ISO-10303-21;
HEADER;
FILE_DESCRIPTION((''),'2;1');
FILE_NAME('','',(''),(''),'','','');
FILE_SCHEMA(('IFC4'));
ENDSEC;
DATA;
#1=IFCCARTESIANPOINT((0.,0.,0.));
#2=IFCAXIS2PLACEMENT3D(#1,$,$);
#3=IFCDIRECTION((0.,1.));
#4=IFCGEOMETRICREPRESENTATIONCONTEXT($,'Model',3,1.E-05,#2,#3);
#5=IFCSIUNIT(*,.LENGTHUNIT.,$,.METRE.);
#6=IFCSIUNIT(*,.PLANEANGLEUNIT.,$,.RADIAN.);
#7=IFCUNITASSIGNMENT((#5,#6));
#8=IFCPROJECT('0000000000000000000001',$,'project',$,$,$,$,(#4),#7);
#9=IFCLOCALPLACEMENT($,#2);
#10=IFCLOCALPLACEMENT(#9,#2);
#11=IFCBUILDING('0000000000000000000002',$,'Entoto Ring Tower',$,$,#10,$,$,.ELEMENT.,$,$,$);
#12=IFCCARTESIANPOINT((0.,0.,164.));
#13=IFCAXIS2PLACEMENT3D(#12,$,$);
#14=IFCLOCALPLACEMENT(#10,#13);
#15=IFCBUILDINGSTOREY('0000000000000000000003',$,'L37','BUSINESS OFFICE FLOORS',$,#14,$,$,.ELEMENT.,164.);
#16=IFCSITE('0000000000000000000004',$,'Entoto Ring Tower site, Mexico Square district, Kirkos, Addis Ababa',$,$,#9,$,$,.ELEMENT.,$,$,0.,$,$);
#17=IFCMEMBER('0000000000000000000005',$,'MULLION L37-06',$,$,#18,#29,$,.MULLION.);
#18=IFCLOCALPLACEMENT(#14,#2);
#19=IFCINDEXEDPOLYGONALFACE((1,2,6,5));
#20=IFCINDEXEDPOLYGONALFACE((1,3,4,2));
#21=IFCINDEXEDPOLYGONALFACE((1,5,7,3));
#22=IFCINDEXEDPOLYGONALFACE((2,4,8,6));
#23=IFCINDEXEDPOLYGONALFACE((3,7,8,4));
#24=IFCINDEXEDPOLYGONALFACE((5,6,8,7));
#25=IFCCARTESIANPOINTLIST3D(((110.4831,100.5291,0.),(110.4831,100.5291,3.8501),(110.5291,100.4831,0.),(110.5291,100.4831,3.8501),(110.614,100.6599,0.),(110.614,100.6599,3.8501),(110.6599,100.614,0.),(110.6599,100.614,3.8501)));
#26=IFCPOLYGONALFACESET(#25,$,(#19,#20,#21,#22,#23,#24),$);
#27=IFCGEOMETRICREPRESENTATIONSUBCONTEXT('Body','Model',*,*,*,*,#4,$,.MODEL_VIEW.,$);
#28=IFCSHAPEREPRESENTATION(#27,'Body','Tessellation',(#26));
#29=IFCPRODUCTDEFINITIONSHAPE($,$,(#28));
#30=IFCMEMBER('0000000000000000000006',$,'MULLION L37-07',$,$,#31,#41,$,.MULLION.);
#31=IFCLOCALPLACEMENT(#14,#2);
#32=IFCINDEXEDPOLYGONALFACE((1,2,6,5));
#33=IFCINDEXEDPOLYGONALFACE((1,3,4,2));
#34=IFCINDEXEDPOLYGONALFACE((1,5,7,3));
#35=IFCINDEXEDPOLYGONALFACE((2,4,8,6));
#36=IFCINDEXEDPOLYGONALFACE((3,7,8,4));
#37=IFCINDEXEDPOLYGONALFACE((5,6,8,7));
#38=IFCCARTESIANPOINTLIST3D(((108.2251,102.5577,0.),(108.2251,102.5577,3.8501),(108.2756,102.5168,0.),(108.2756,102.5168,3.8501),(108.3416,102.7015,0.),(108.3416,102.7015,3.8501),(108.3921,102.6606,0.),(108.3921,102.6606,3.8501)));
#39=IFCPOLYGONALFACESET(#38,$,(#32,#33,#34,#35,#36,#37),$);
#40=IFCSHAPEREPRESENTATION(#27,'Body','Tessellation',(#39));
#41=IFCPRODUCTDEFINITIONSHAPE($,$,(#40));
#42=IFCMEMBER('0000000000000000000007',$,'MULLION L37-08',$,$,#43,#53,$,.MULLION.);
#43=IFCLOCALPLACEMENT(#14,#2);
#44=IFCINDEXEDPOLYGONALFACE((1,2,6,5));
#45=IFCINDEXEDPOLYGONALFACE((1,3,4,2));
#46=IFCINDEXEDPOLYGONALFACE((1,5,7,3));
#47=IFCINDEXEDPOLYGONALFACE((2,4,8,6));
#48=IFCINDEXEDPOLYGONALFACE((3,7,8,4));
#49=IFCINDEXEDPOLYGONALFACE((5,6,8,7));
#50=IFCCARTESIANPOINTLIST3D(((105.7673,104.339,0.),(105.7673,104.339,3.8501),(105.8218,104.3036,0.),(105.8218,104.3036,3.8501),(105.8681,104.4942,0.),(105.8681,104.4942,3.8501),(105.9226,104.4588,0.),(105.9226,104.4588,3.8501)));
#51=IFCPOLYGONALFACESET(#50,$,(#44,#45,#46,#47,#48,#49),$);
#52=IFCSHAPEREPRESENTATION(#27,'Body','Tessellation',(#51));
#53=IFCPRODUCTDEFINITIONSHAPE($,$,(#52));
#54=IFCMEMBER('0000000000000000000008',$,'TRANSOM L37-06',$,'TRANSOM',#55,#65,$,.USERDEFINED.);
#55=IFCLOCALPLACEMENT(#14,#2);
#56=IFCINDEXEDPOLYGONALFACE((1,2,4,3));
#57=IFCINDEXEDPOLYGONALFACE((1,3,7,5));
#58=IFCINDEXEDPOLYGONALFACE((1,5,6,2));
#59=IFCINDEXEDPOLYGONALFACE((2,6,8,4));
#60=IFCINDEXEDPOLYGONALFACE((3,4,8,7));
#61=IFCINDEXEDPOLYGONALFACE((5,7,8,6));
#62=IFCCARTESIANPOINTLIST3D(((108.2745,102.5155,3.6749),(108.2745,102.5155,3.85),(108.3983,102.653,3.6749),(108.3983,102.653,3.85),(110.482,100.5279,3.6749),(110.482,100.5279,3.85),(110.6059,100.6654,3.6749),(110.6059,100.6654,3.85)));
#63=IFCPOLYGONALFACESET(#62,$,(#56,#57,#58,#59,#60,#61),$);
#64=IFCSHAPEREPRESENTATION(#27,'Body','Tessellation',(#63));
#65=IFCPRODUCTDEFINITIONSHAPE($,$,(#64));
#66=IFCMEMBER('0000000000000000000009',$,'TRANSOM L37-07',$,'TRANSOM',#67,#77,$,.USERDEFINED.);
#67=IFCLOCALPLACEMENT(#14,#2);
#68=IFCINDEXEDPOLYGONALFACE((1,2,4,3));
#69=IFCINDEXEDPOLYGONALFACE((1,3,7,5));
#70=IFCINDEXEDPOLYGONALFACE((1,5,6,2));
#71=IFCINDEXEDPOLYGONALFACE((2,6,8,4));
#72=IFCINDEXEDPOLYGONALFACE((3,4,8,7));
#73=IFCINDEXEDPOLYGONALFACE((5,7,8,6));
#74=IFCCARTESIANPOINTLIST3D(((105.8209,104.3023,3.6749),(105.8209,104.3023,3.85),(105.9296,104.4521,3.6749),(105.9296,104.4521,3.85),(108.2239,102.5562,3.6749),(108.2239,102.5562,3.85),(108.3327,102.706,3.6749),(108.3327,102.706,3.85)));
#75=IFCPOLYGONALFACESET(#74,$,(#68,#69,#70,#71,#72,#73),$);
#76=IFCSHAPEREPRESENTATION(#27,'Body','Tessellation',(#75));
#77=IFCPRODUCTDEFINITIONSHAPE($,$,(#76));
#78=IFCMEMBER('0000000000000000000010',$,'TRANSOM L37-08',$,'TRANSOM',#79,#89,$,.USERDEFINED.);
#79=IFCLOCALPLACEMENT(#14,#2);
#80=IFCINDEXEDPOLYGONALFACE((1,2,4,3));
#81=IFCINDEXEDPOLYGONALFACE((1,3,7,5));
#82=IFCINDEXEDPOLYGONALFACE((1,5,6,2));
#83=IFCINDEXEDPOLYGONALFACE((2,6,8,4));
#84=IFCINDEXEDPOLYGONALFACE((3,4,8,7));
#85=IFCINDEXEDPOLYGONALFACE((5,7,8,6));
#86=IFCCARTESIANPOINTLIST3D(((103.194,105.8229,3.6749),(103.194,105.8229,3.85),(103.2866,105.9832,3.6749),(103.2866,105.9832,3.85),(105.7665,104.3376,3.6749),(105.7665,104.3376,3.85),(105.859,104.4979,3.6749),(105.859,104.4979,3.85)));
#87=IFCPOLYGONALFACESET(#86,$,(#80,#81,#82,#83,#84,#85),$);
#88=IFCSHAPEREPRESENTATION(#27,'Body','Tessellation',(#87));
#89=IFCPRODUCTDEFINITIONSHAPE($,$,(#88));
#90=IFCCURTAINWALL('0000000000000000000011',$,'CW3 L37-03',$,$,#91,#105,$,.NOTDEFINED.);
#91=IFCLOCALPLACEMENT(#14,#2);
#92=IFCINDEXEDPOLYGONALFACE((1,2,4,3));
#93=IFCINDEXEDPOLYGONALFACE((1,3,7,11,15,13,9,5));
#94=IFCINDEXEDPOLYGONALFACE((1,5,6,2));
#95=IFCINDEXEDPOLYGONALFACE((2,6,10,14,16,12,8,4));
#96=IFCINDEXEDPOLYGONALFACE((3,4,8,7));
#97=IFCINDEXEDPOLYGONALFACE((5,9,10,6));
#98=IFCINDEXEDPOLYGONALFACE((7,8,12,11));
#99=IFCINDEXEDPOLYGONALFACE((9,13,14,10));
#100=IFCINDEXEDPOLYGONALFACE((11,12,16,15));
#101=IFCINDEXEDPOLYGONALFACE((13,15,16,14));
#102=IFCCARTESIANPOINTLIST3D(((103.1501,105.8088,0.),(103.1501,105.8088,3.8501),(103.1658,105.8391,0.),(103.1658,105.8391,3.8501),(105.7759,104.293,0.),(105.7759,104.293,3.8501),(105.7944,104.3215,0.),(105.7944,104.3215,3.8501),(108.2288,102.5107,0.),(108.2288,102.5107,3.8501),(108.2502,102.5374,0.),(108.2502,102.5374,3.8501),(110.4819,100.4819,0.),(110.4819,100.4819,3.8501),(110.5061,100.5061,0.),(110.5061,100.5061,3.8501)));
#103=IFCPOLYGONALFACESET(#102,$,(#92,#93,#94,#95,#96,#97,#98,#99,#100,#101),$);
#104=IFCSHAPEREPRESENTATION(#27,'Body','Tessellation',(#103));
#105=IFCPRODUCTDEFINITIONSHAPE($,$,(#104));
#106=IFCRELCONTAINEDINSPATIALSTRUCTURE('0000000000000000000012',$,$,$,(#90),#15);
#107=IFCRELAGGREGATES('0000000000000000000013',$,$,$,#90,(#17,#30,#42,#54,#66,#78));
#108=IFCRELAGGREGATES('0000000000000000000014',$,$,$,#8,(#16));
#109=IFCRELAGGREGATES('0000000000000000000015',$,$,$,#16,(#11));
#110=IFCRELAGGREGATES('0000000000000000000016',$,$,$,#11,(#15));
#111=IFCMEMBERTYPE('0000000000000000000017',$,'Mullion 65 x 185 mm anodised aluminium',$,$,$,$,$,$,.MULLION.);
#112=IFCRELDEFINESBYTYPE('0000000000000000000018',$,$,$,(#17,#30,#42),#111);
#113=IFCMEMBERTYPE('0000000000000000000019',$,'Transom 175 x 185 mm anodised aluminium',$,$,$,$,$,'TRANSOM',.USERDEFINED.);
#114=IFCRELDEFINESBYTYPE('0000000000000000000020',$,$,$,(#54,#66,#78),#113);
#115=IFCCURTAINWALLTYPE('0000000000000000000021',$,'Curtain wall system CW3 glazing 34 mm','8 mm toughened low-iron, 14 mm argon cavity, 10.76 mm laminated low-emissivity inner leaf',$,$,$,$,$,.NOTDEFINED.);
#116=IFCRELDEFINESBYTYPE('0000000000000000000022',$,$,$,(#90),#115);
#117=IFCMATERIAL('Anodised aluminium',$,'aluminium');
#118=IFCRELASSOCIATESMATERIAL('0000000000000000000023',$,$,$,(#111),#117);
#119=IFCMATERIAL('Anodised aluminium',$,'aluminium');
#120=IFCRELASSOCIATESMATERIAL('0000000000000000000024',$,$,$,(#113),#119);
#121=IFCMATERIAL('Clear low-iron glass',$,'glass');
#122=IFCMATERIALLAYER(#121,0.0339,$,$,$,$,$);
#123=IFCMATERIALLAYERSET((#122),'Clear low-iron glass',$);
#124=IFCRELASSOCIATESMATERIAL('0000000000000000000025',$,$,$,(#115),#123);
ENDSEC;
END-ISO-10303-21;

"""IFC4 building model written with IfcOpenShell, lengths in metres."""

from ifc_helpers import new_model, si_unit, direction, frame, origin, origin_2d, place, context, subcontext, project, spatial, polyline, rectangle, outline, extrude, material, layer, layer_set, material_profile, profile_set, type_object, element, aggregate, save


model = new_model("IFC4")

# Units and contexts
model_context = context("Model", 3, precision=1e-05, world=origin(), true_north=direction((0.0, 1.0)))
body_context = subcontext(model_context, "Body", "Model", "MODEL_VIEW")
ifc_project = project(units=[si_unit("LENGTHUNIT", "METRE"), si_unit("PLANEANGLEUNIT", "RADIAN")], contexts=[model_context])

# Members
ifc_material_1 = material(Name="Anodised aluminium", Category="aluminium")
ifc_material_profile_1 = material_profile(ifc_material_1, rectangle(XDim=0.0649, YDim=0.1851, at=origin_2d()), Name="Mullion 65 x 185 mm anodised aluminium")
ifc_profile_set_1 = profile_set([ifc_material_profile_1], Name="Anodised aluminium")
member_type_1 = type_object("IfcMemberType", Name="Mullion 65 x 185 mm anodised aluminium", PredefinedType="MULLION", material=ifc_profile_set_1)
site_placement = place(None, origin())
building_placement = place(site_placement, origin())
storey_placement = place(building_placement, frame((0.0, 0.0, 164.0)))
member_1_placement = place(storey_placement, frame((110.5715, 100.5715, 0.0), z_axis=(0.0, 0.0, 1.0), x_axis=(-0.707107, 0.707107, 0.0)))
member_1 = element("IfcMember", 1, at=member_1_placement, type_object=member_type_1, Name="MULLION L37-06", PredefinedType="MULLION", context=body_context, shape_type="SweptSolid", body=[
    extrude(rectangle(XDim=0.0649, YDim=0.1851, at=origin_2d()), origin(), (0.0, 0.0, 1.0), 3.8501),
])
member_2_placement = place(storey_placement, frame((108.3086, 102.6091, 0.0), z_axis=(0.0, 0.0, 1.0), x_axis=(-0.777146, 0.62932, 0.0)))
member_2 = element("IfcMember", 2, at=member_2_placement, type_object=member_type_1, Name="MULLION L37-07", PredefinedType="MULLION", context=body_context, shape_type="SweptSolid", body=[
    extrude(rectangle(XDim=0.0649, YDim=0.1851, at=origin_2d()), origin(), (0.0, 0.0, 1.0), 3.8501),
])
member_3_placement = place(storey_placement, frame((105.845, 104.3989, 0.0), z_axis=(0.0, 0.0, 1.0), x_axis=(-0.838671, 0.544639, 0.0)))
member_3 = element("IfcMember", 3, at=member_3_placement, type_object=member_type_1, Name="MULLION L37-08", PredefinedType="MULLION", context=body_context, shape_type="SweptSolid", body=[
    extrude(rectangle(XDim=0.0649, YDim=0.1851, at=origin_2d()), origin(), (0.0, 0.0, 1.0), 3.8501),
])
ifc_material_2 = material(Name="Anodised aluminium", Category="aluminium")
ifc_material_profile_2 = material_profile(ifc_material_2, rectangle(XDim=0.1851, YDim=0.175, at=origin_2d()), Name="Transom 175 x 185 mm anodised aluminium")
ifc_profile_set_2 = profile_set([ifc_material_profile_2], Name="Anodised aluminium")
member_type_2 = type_object("IfcMemberType", Name="Transom 175 x 185 mm anodised aluminium", ElementType="TRANSOM", PredefinedType="USERDEFINED", material=ifc_profile_set_2)
member_4_placement = place(storey_placement, frame((110.5439, 100.5967, 3.7625), z_axis=(-0.743163, 0.66911, 0.0), x_axis=(-0.66911, -0.743163, 0.0)))
member_4 = element("IfcMember", 4, at=member_4_placement, type_object=member_type_2, Name="TRANSOM L37-06", ObjectType="TRANSOM", PredefinedType="USERDEFINED", context=body_context, shape_type="SweptSolid", body=[
    extrude(rectangle(XDim=0.1851, YDim=0.175, at=origin_2d()), origin(), (0.0, 0.0, 1.0), 2.9705),
])
member_5_placement = place(storey_placement, frame((108.2783, 102.6311, 3.7625), z_axis=(-0.808992, 0.58782, 0.0), x_axis=(-0.58782, -0.808992, 0.0)))
member_5 = element("IfcMember", 5, at=member_5_placement, type_object=member_type_2, Name="TRANSOM L37-07", ObjectType="TRANSOM", PredefinedType="USERDEFINED", context=body_context, shape_type="SweptSolid", body=[
    extrude(rectangle(XDim=0.1851, YDim=0.175, at=origin_2d()), origin(), (0.0, 0.0, 1.0), 2.9705),
])
member_6_placement = place(storey_placement, frame((105.8127, 104.4177, 3.7625), z_axis=(-0.866009, 0.500028, 0.0), x_axis=(-0.500028, -0.866009, 0.0)))
member_6 = element("IfcMember", 6, at=member_6_placement, type_object=member_type_2, Name="TRANSOM L37-08", ObjectType="TRANSOM", PredefinedType="USERDEFINED", context=body_context, shape_type="SweptSolid", body=[
    extrude(rectangle(XDim=0.1851, YDim=0.175, at=origin_2d()), origin(), (0.0, 0.0, 1.0), 2.9705),
])

# Site, building, storey
site = spatial("IfcSite", under=ifc_project, at=site_placement, Name="Entoto Ring Tower site, Mexico Square district, Kirkos, Addis Ababa", CompositionType="ELEMENT", RefElevation=0.0)
building = spatial("IfcBuilding", under=site, at=building_placement, Name="Entoto Ring Tower", CompositionType="ELEMENT")
storey = spatial("IfcBuildingStorey", under=building, at=storey_placement, Name="L37", Description="BUSINESS OFFICE FLOORS", CompositionType="ELEMENT", Elevation=164.0)

# Curtain wall
ifc_material_3 = material(Name="Clear low-iron glass", Category="glass")
ifc_layer = layer(ifc_material_3, 0.0339)
ifc_layer_set = layer_set([ifc_layer], Name="Clear low-iron glass")
curtain_wall_type = type_object("IfcCurtainWallType", Name="Curtain wall system CW3 glazing 34 mm", Description="8 mm toughened low-iron, 14 mm argon cavity, 10.76 mm laminated low-emissivity inner leaf", PredefinedType="NOTDEFINED", material=ifc_layer_set)
curtain_wall_1_placement = place(storey_placement, origin())
curtain_wall_1 = element("IfcCurtainWall", 7, at=curtain_wall_1_placement, inside=storey, type_object=curtain_wall_type, Name="CW3 L37-03", PredefinedType="NOTDEFINED", context=body_context, shape_type="SweptSolid", body=[
    extrude(outline(polyline([(110.5061, 100.5061), (108.2502, 102.5374), (105.7944, 104.3215), (103.1658, 105.8391), (103.1501, 105.8088), (105.7759, 104.293), (108.2288, 102.5107), (110.4819, 100.4819), (110.5061, 100.5061)])), origin(), (0.0, 0.0, 1.0), 3.8501),
])
aggregate(curtain_wall_1, [member_1, member_2, member_3, member_4, member_5, member_6])

save(model, "model.ifc")
